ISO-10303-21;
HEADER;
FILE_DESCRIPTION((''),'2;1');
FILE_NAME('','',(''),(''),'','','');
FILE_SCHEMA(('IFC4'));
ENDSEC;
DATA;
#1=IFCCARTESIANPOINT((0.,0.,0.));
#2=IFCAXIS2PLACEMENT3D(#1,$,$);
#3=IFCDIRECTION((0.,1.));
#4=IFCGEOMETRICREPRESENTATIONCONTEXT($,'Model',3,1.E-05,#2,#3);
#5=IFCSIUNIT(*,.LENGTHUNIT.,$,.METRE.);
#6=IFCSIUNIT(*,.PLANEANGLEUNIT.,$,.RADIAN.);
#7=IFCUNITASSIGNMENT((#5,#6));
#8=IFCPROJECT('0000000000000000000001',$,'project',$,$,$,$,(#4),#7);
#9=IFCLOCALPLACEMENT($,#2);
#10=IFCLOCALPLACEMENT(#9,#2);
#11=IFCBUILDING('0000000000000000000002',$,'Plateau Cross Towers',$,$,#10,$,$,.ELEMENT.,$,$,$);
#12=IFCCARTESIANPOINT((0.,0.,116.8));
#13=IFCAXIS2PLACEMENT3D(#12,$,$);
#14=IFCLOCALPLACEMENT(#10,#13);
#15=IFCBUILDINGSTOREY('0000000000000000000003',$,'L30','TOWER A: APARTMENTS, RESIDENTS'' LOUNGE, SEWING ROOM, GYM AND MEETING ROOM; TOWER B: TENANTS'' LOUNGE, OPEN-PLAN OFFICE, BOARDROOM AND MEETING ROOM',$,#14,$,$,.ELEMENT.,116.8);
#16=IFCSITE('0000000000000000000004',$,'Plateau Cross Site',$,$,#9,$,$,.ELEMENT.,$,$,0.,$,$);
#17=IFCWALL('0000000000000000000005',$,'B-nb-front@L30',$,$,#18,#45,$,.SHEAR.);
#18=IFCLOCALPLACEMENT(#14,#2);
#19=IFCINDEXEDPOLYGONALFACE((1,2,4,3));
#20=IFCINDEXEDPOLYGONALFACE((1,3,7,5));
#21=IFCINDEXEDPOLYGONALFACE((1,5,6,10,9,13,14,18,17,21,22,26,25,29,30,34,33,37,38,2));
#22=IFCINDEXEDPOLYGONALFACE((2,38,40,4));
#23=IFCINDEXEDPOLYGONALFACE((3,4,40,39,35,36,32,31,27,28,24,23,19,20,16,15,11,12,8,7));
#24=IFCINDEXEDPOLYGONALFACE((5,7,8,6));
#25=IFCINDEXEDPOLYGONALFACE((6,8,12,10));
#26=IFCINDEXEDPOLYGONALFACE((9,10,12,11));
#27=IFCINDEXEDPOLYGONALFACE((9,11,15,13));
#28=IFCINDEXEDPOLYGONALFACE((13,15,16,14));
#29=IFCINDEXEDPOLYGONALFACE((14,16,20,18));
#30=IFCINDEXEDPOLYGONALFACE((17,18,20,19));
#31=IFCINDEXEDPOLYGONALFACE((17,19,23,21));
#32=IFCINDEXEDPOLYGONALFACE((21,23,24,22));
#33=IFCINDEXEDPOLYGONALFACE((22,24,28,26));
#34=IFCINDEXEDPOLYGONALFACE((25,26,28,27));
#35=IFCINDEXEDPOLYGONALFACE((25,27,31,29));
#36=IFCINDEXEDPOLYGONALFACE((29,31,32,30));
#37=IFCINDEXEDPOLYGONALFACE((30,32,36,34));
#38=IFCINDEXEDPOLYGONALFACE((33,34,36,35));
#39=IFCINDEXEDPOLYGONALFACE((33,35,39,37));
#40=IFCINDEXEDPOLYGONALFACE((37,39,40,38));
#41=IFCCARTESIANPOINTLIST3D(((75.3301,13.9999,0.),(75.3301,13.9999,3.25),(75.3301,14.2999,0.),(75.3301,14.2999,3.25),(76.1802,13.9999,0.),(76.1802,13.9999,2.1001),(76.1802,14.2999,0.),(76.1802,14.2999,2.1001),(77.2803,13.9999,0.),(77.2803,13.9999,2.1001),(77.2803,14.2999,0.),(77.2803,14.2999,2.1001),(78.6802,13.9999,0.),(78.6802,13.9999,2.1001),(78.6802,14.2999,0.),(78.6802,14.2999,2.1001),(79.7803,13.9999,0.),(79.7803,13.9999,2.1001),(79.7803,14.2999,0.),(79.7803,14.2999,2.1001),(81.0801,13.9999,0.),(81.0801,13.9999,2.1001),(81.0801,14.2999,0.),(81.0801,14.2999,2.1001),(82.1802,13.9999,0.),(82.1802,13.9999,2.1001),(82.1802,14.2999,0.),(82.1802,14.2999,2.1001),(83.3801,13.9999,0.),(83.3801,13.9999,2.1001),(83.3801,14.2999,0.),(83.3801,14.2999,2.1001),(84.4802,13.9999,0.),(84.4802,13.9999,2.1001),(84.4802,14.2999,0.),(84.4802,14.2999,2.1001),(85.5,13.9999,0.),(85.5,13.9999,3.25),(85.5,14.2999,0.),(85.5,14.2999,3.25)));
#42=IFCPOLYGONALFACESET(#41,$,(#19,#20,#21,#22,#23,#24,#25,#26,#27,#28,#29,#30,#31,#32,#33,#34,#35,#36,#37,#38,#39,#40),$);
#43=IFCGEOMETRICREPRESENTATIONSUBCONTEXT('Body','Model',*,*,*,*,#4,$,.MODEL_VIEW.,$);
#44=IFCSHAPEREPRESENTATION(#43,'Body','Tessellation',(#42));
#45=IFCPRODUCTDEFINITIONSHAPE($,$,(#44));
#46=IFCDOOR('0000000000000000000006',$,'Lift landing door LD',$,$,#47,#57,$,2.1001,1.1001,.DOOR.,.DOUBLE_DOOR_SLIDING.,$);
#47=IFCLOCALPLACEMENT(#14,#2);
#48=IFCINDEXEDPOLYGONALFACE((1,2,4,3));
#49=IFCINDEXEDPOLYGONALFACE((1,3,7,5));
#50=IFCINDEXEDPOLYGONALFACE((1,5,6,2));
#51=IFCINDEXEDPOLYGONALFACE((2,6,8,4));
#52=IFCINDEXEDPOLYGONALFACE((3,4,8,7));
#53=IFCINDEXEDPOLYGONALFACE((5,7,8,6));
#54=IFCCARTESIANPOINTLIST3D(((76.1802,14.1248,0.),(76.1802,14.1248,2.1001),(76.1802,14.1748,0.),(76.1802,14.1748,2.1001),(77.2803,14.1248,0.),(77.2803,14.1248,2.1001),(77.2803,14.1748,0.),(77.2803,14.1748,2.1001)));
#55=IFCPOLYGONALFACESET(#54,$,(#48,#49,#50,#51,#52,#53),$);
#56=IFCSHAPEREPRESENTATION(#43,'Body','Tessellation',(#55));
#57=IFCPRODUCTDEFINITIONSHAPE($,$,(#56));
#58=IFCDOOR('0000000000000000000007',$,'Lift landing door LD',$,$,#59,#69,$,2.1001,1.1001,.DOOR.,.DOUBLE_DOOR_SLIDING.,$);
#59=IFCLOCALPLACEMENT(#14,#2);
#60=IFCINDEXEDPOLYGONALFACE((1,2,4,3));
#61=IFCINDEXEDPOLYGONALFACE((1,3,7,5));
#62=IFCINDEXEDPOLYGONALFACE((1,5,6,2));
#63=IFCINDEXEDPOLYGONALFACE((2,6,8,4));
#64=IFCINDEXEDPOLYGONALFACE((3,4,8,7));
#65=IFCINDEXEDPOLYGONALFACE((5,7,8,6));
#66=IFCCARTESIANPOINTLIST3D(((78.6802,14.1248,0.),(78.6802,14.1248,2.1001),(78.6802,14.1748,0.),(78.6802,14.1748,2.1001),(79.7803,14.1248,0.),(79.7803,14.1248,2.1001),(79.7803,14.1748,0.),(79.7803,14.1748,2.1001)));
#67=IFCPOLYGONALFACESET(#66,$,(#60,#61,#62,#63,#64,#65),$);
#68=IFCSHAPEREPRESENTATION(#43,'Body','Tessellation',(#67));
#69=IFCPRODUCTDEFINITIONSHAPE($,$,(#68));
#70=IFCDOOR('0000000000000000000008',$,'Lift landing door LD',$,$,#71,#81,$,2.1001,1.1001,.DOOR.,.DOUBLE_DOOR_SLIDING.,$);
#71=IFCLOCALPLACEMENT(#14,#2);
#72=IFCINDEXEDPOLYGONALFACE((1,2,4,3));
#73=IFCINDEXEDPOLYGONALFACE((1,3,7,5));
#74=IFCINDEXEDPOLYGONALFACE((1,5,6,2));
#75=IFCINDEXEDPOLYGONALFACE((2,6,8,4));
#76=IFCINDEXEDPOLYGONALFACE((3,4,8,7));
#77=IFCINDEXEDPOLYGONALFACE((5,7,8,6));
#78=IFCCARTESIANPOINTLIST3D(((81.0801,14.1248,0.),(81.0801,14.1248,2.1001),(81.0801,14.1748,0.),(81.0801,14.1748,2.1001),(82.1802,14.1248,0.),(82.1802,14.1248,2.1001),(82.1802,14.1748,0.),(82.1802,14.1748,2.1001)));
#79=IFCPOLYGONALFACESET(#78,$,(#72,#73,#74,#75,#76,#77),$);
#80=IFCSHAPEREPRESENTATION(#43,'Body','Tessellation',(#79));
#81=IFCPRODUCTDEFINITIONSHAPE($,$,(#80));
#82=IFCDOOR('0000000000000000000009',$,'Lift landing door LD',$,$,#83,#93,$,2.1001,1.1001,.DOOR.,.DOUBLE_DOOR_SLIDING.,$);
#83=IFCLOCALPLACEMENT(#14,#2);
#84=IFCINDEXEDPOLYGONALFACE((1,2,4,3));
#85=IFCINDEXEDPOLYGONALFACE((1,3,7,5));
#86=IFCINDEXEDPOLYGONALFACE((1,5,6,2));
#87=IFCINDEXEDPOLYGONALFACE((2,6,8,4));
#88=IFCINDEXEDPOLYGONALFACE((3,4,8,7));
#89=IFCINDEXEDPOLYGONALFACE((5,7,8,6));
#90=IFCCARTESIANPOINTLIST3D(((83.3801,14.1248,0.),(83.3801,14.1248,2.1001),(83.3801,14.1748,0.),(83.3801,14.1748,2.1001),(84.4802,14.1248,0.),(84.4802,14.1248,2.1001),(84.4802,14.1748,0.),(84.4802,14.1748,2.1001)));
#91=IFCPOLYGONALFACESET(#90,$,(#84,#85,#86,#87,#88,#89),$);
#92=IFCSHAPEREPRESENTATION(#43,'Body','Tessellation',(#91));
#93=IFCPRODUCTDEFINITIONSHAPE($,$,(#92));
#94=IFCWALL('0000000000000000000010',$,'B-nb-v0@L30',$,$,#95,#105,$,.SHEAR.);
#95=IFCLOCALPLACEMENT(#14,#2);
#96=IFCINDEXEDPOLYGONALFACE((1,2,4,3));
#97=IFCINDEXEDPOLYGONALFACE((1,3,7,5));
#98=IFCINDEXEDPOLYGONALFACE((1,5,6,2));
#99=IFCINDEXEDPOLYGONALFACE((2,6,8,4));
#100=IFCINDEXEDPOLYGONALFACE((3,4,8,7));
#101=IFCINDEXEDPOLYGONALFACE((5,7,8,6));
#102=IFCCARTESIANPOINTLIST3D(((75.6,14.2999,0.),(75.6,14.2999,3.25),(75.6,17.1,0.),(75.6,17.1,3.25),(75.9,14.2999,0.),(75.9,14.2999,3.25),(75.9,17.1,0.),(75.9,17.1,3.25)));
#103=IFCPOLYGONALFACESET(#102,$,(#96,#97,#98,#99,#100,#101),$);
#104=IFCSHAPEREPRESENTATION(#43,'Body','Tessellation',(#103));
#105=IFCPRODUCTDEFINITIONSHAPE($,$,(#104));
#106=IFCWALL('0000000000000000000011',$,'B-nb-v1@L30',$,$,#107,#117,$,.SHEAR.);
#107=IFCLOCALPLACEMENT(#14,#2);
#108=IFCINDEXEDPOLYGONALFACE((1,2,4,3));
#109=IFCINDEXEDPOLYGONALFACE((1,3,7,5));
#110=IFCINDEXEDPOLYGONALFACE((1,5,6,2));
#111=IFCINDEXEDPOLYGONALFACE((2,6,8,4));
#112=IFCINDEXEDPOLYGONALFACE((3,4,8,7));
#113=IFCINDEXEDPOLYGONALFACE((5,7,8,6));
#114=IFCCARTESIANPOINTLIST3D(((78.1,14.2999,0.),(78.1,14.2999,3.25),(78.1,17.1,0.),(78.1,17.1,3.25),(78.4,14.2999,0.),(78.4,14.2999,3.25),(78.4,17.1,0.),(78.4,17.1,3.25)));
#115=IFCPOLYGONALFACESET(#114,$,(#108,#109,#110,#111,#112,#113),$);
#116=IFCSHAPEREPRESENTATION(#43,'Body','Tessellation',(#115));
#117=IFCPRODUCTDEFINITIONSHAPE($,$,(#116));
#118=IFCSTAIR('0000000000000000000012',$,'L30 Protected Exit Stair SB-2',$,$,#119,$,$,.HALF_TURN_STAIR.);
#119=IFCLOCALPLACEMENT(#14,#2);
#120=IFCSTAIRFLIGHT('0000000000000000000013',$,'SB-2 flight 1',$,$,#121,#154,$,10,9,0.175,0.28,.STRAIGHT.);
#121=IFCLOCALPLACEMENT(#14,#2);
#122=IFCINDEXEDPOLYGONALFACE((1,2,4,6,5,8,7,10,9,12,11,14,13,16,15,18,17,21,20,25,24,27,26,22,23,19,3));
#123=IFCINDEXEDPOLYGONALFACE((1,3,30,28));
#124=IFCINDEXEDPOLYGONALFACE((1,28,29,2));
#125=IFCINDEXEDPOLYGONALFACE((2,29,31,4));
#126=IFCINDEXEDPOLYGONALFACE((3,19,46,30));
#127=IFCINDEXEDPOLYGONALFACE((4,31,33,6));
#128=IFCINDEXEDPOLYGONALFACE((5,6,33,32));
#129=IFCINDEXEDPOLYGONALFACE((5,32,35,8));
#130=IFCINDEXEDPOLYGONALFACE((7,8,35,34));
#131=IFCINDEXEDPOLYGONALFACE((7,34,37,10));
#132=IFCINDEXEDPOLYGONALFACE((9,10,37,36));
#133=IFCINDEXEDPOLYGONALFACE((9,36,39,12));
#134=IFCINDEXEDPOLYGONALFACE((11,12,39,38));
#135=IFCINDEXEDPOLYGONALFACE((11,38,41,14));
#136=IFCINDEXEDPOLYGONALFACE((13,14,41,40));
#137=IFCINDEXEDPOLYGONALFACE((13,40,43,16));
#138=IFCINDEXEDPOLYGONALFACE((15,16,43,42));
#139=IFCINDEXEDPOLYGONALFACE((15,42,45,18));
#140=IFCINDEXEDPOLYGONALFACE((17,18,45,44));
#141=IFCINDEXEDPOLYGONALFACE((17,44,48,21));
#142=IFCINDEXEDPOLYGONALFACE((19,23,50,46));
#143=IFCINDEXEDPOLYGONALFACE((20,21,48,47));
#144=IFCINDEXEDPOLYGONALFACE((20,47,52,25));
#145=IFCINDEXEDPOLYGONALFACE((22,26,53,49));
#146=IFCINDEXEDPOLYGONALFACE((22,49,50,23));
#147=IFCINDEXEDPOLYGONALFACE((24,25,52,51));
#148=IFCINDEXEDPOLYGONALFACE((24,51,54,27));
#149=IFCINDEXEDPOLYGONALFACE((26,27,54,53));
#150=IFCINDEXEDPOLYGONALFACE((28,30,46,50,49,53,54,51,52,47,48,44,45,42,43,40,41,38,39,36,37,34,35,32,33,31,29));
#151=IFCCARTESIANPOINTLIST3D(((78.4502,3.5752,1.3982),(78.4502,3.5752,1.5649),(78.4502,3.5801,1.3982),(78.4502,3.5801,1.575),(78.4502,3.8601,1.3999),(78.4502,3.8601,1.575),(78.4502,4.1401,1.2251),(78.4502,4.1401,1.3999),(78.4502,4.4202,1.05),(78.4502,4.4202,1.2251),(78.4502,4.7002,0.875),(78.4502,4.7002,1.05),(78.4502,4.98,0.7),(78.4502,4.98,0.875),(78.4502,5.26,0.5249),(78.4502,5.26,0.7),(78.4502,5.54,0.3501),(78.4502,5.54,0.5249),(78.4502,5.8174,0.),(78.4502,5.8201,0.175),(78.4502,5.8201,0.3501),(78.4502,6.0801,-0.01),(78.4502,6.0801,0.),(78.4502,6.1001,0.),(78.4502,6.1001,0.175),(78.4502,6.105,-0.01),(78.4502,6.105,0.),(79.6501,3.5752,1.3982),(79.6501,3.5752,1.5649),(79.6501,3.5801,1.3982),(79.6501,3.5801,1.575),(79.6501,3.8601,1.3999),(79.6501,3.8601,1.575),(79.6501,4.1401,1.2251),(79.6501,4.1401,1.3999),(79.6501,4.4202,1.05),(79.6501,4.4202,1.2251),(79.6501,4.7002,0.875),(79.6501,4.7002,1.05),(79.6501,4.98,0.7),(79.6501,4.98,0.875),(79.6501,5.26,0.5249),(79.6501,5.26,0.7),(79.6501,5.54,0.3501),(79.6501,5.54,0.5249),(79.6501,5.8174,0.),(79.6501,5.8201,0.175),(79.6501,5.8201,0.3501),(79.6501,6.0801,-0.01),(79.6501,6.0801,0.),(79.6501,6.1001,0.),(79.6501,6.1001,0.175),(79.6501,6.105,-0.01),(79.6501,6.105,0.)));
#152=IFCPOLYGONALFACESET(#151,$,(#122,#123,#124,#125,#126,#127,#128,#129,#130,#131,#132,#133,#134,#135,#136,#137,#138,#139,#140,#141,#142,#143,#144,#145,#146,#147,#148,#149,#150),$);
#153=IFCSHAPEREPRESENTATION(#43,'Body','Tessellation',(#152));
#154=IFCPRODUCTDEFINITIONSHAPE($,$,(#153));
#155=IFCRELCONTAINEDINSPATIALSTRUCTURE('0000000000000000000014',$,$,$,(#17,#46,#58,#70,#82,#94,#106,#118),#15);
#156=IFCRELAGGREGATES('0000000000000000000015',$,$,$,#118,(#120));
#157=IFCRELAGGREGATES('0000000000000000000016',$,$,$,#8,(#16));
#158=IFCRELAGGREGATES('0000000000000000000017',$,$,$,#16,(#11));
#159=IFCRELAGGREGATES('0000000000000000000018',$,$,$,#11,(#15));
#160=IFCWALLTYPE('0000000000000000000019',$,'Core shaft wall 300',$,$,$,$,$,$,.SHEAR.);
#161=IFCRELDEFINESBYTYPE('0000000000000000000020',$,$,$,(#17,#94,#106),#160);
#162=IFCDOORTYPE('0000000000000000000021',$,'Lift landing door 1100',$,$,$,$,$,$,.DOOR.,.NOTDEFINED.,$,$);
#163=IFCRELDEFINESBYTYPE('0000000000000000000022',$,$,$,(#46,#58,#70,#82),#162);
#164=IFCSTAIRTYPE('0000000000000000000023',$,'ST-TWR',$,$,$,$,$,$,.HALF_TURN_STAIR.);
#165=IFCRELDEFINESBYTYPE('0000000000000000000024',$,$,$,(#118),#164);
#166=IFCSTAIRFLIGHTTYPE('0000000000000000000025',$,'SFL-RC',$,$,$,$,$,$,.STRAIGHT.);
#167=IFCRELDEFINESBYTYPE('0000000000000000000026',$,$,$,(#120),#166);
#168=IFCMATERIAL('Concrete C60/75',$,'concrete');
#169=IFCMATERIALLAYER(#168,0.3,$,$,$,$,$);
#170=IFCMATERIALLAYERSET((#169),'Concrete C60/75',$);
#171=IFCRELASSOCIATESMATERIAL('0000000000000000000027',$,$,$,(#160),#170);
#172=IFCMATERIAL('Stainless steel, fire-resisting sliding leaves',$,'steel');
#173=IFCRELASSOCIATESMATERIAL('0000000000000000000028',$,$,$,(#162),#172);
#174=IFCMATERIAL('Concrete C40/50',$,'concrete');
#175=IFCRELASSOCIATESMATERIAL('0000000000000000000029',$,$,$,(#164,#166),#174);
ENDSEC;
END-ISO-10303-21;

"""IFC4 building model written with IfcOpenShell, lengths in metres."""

from ifc_helpers import new_model, si_unit, direction, frame, frame_2d, origin, place, context, subcontext, project, spatial, polyline, rectangle, outline, extrude, material, layer, layer_set, type_object, element, fill, aggregate, save


model = new_model("IFC4")

# Units and contexts
model_context = context("Model", 3, precision=1e-05, world=origin(), true_north=direction((0.0, 1.0)))
body_context = subcontext(model_context, "Body", "Model", "MODEL_VIEW")
ifc_project = project(units=[si_unit("LENGTHUNIT", "METRE"), si_unit("PLANEANGLEUNIT", "RADIAN")], contexts=[model_context])

# Site, building, storey
site_placement = place(None, origin())
site = spatial("IfcSite", under=ifc_project, at=site_placement, Name="Plateau Cross Site", CompositionType="ELEMENT", RefElevation=0.0)
building_placement = place(site_placement, origin())
building = spatial("IfcBuilding", under=site, at=building_placement, Name="Plateau Cross Towers", CompositionType="ELEMENT")
storey_placement = place(building_placement, frame((0.0, 0.0, 116.8)))
storey = spatial("IfcBuildingStorey", under=building, at=storey_placement, Name="L30", Description="TOWER A: APARTMENTS, RESIDENTS' LOUNGE, SEWING ROOM, GYM AND MEETING ROOM; TOWER B: TENANTS' LOUNGE, OPEN-PLAN OFFICE, BOARDROOM AND MEETING ROOM", CompositionType="ELEMENT", Elevation=116.8)

# Shared definitions
ifc_material_1 = material(Name="Concrete C60/75", Category="concrete")

# Wall, openings, doors
ifc_layer_1 = layer(ifc_material_1, 0.3)
ifc_layer_set_1 = layer_set([ifc_layer_1], Name="Concrete C60/75")
wall_type_1 = type_object("IfcWallType", Name="Core shaft wall 300", PredefinedType="SHEAR", material=ifc_layer_set_1)
wall_1_placement = place(storey_placement, frame((75.3301, 14.1499, 0.0), z_axis=(0.0, 0.0, 1.0), x_axis=(1.0, 0.0, 0.0)))
wall_1 = element("IfcWall", 1, at=wall_1_placement, inside=storey, type_object=wall_type_1, Name="B-nb-front@L30", PredefinedType="SHEAR", context=body_context, shape_type="SweptSolid", body=[
    extrude(rectangle(XDim=10.1699, YDim=0.3, at=frame_2d((5.085, 0.0))), origin(), (0.0, 0.0, 1.0), 3.25),
])
opening_1_placement = place(wall_1_placement, frame((0.8501, 0.0, 0.0)))
opening_1 = element("IfcOpeningElement", 2, at=opening_1_placement, cuts=wall_1, PredefinedType="OPENING", context=body_context, shape_type="SweptSolid", body=[
    extrude(rectangle(XDim=1.1001, YDim=2.1001, at=frame_2d((0.55, 1.05))), frame((0.0, 0.1599, 0.0), z_axis=(0.0, -1.0, 0.0), x_axis=(1.0, 0.0, 0.0)), (0.0, 0.0, 1.0), 0.3201),
])
opening_2_placement = place(wall_1_placement, frame((3.3501, 0.0, 0.0)))
opening_2 = element("IfcOpeningElement", 3, at=opening_2_placement, cuts=wall_1, PredefinedType="OPENING", context=body_context, shape_type="SweptSolid", body=[
    extrude(rectangle(XDim=1.1001, YDim=2.1001, at=frame_2d((0.55, 1.05))), frame((0.0, 0.1599, 0.0), z_axis=(0.0, -1.0, 0.0), x_axis=(1.0, 0.0, 0.0)), (0.0, 0.0, 1.0), 0.3201),
])
opening_3_placement = place(wall_1_placement, frame((5.75, 0.0, 0.0)))
opening_3 = element("IfcOpeningElement", 4, at=opening_3_placement, cuts=wall_1, PredefinedType="OPENING", context=body_context, shape_type="SweptSolid", body=[
    extrude(rectangle(XDim=1.1001, YDim=2.1001, at=frame_2d((0.55, 1.05))), frame((0.0, 0.1599, 0.0), z_axis=(0.0, -1.0, 0.0), x_axis=(1.0, 0.0, 0.0)), (0.0, 0.0, 1.0), 0.3201),
])
opening_4_placement = place(wall_1_placement, frame((8.05, 0.0, 0.0)))
opening_4 = element("IfcOpeningElement", 5, at=opening_4_placement, cuts=wall_1, PredefinedType="OPENING", context=body_context, shape_type="SweptSolid", body=[
    extrude(rectangle(XDim=1.1001, YDim=2.1001, at=frame_2d((0.55, 1.05))), frame((0.0, 0.1599, 0.0), z_axis=(0.0, -1.0, 0.0), x_axis=(1.0, 0.0, 0.0)), (0.0, 0.0, 1.0), 0.3201),
])
ifc_material_2 = material(Name="Stainless steel, fire-resisting sliding leaves", Category="steel")
door_type_1 = type_object("IfcDoorType", Name="Lift landing door 1100", OperationType="NOTDEFINED", PredefinedType="DOOR", material=ifc_material_2)
door_1_placement = place(opening_1_placement, origin())
door_1 = element("IfcDoor", 6, at=door_1_placement, inside=storey, type_object=door_type_1, Name="Lift landing door LD", OperationType="DOUBLE_DOOR_SLIDING", OverallHeight=2.1001, OverallWidth=1.1001, PredefinedType="DOOR", context=body_context, shape_type="SweptSolid", body=[
    extrude(rectangle(XDim=1.1001, YDim=2.1001, at=frame_2d((0.55, 1.05))), frame((0.0, 0.0249, 0.0), z_axis=(0.0, -1.0, 0.0), x_axis=(1.0, 0.0, 0.0)), (0.0, 0.0, 1.0), 0.05),
])
fill(opening_1, door_1)
door_2_placement = place(opening_2_placement, origin())
door_2 = element("IfcDoor", 7, at=door_2_placement, inside=storey, type_object=door_type_1, Name="Lift landing door LD", OperationType="DOUBLE_DOOR_SLIDING", OverallHeight=2.1001, OverallWidth=1.1001, PredefinedType="DOOR", context=body_context, shape_type="SweptSolid", body=[
    extrude(rectangle(XDim=1.1001, YDim=2.1001, at=frame_2d((0.55, 1.05))), frame((0.0, 0.0249, 0.0), z_axis=(0.0, -1.0, 0.0), x_axis=(1.0, 0.0, 0.0)), (0.0, 0.0, 1.0), 0.05),
])
fill(opening_2, door_2)
door_3_placement = place(opening_3_placement, origin())
door_3 = element("IfcDoor", 8, at=door_3_placement, inside=storey, type_object=door_type_1, Name="Lift landing door LD", OperationType="DOUBLE_DOOR_SLIDING", OverallHeight=2.1001, OverallWidth=1.1001, PredefinedType="DOOR", context=body_context, shape_type="SweptSolid", body=[
    extrude(rectangle(XDim=1.1001, YDim=2.1001, at=frame_2d((0.55, 1.05))), frame((0.0, 0.0249, 0.0), z_axis=(0.0, -1.0, 0.0), x_axis=(1.0, 0.0, 0.0)), (0.0, 0.0, 1.0), 0.05),
])
fill(opening_3, door_3)
door_4_placement = place(opening_4_placement, origin())
door_4 = element("IfcDoor", 9, at=door_4_placement, inside=storey, type_object=door_type_1, Name="Lift landing door LD", OperationType="DOUBLE_DOOR_SLIDING", OverallHeight=2.1001, OverallWidth=1.1001, PredefinedType="DOOR", context=body_context, shape_type="SweptSolid", body=[
    extrude(rectangle(XDim=1.1001, YDim=2.1001, at=frame_2d((0.55, 1.05))), frame((0.0, 0.0249, 0.0), z_axis=(0.0, -1.0, 0.0), x_axis=(1.0, 0.0, 0.0)), (0.0, 0.0, 1.0), 0.05),
])
fill(opening_4, door_4)

# Walls
for number, where, z_axis, x_axis, name in (
    (10, (75.75, 14.3, 0.0), (0.0, 0.0, 1.0), (0.0, 1.0, 0.0), "B-nb-v0@L30"),
    (11, (78.25, 14.3, 0.0), (0.0, 0.0, 1.0), (0.0, 1.0, 0.0), "B-nb-v1@L30"),
):
    element("IfcWall", number, at=place(storey_placement, frame(where, z_axis=z_axis, x_axis=x_axis)), inside=storey, type_object=wall_type_1, Name=name, PredefinedType="SHEAR", context=body_context, shape_type="SweptSolid", body=[
        extrude(rectangle(XDim=2.8, YDim=0.3, at=frame_2d((1.3999, 0.0))), origin(), (0.0, 0.0, 1.0), 3.25),
    ])

# Stair, stair flight
ifc_material_3 = material(Name="Concrete C40/50", Category="concrete")
stair_type = type_object("IfcStairType", Name="ST-TWR", PredefinedType="HALF_TURN_STAIR", material=ifc_material_3)
stair_placement = place(storey_placement, origin())
stair = element("IfcStair", 12, at=stair_placement, inside=storey, type_object=stair_type, Name="L30 Protected Exit Stair SB-2", PredefinedType="HALF_TURN_STAIR")
stair_flight_type = type_object("IfcStairFlightType", Name="SFL-RC", PredefinedType="STRAIGHT", material=ifc_material_3)
stair_flight_placement = place(storey_placement, frame((79.05, 6.1001, 0.0), z_axis=(0.0, 0.0, 1.0), x_axis=(0.0, -1.0, 0.0)))
stair_flight = element("IfcStairFlight", 13, at=stair_flight_placement, type_object=stair_flight_type, Name="SB-2 flight 1", NumberOfRisers=10, NumberOfTreads=9, PredefinedType="STRAIGHT", RiserHeight=0.175, TreadLength=0.28, context=body_context, shape_type="SweptSolid", body=[
    extrude(outline(polyline([(-0.0049, -0.01), (-0.0049, 0.0), (0.0, 0.0), (0.0, 0.175), (0.28, 0.175), (0.28, 0.3501), (0.5601, 0.3501), (0.5601, 0.5249), (0.8401, 0.5249), (0.8401, 0.7), (1.1201, 0.7), (1.1201, 0.875), (1.3999, 0.875), (1.3999, 1.05), (1.6799, 1.05), (1.6799, 1.2251), (1.96, 1.2251), (1.96, 1.3999), (2.24, 1.3999), (2.24, 1.575), (2.52, 1.575), (2.5249, 1.5649), (2.5249, 1.3982), (2.52, 1.3982), (0.2827, 0.0), (0.02, 0.0), (0.02, -0.01), (-0.0049, -0.01)])), frame((0.0, 0.6001, 0.0), z_axis=(0.0, -1.0, 0.0), x_axis=(1.0, 0.0, 0.0)), (0.0, 0.0, 1.0), 1.2),
])
aggregate(stair, [stair_flight])

save(model, "model.ifc")
